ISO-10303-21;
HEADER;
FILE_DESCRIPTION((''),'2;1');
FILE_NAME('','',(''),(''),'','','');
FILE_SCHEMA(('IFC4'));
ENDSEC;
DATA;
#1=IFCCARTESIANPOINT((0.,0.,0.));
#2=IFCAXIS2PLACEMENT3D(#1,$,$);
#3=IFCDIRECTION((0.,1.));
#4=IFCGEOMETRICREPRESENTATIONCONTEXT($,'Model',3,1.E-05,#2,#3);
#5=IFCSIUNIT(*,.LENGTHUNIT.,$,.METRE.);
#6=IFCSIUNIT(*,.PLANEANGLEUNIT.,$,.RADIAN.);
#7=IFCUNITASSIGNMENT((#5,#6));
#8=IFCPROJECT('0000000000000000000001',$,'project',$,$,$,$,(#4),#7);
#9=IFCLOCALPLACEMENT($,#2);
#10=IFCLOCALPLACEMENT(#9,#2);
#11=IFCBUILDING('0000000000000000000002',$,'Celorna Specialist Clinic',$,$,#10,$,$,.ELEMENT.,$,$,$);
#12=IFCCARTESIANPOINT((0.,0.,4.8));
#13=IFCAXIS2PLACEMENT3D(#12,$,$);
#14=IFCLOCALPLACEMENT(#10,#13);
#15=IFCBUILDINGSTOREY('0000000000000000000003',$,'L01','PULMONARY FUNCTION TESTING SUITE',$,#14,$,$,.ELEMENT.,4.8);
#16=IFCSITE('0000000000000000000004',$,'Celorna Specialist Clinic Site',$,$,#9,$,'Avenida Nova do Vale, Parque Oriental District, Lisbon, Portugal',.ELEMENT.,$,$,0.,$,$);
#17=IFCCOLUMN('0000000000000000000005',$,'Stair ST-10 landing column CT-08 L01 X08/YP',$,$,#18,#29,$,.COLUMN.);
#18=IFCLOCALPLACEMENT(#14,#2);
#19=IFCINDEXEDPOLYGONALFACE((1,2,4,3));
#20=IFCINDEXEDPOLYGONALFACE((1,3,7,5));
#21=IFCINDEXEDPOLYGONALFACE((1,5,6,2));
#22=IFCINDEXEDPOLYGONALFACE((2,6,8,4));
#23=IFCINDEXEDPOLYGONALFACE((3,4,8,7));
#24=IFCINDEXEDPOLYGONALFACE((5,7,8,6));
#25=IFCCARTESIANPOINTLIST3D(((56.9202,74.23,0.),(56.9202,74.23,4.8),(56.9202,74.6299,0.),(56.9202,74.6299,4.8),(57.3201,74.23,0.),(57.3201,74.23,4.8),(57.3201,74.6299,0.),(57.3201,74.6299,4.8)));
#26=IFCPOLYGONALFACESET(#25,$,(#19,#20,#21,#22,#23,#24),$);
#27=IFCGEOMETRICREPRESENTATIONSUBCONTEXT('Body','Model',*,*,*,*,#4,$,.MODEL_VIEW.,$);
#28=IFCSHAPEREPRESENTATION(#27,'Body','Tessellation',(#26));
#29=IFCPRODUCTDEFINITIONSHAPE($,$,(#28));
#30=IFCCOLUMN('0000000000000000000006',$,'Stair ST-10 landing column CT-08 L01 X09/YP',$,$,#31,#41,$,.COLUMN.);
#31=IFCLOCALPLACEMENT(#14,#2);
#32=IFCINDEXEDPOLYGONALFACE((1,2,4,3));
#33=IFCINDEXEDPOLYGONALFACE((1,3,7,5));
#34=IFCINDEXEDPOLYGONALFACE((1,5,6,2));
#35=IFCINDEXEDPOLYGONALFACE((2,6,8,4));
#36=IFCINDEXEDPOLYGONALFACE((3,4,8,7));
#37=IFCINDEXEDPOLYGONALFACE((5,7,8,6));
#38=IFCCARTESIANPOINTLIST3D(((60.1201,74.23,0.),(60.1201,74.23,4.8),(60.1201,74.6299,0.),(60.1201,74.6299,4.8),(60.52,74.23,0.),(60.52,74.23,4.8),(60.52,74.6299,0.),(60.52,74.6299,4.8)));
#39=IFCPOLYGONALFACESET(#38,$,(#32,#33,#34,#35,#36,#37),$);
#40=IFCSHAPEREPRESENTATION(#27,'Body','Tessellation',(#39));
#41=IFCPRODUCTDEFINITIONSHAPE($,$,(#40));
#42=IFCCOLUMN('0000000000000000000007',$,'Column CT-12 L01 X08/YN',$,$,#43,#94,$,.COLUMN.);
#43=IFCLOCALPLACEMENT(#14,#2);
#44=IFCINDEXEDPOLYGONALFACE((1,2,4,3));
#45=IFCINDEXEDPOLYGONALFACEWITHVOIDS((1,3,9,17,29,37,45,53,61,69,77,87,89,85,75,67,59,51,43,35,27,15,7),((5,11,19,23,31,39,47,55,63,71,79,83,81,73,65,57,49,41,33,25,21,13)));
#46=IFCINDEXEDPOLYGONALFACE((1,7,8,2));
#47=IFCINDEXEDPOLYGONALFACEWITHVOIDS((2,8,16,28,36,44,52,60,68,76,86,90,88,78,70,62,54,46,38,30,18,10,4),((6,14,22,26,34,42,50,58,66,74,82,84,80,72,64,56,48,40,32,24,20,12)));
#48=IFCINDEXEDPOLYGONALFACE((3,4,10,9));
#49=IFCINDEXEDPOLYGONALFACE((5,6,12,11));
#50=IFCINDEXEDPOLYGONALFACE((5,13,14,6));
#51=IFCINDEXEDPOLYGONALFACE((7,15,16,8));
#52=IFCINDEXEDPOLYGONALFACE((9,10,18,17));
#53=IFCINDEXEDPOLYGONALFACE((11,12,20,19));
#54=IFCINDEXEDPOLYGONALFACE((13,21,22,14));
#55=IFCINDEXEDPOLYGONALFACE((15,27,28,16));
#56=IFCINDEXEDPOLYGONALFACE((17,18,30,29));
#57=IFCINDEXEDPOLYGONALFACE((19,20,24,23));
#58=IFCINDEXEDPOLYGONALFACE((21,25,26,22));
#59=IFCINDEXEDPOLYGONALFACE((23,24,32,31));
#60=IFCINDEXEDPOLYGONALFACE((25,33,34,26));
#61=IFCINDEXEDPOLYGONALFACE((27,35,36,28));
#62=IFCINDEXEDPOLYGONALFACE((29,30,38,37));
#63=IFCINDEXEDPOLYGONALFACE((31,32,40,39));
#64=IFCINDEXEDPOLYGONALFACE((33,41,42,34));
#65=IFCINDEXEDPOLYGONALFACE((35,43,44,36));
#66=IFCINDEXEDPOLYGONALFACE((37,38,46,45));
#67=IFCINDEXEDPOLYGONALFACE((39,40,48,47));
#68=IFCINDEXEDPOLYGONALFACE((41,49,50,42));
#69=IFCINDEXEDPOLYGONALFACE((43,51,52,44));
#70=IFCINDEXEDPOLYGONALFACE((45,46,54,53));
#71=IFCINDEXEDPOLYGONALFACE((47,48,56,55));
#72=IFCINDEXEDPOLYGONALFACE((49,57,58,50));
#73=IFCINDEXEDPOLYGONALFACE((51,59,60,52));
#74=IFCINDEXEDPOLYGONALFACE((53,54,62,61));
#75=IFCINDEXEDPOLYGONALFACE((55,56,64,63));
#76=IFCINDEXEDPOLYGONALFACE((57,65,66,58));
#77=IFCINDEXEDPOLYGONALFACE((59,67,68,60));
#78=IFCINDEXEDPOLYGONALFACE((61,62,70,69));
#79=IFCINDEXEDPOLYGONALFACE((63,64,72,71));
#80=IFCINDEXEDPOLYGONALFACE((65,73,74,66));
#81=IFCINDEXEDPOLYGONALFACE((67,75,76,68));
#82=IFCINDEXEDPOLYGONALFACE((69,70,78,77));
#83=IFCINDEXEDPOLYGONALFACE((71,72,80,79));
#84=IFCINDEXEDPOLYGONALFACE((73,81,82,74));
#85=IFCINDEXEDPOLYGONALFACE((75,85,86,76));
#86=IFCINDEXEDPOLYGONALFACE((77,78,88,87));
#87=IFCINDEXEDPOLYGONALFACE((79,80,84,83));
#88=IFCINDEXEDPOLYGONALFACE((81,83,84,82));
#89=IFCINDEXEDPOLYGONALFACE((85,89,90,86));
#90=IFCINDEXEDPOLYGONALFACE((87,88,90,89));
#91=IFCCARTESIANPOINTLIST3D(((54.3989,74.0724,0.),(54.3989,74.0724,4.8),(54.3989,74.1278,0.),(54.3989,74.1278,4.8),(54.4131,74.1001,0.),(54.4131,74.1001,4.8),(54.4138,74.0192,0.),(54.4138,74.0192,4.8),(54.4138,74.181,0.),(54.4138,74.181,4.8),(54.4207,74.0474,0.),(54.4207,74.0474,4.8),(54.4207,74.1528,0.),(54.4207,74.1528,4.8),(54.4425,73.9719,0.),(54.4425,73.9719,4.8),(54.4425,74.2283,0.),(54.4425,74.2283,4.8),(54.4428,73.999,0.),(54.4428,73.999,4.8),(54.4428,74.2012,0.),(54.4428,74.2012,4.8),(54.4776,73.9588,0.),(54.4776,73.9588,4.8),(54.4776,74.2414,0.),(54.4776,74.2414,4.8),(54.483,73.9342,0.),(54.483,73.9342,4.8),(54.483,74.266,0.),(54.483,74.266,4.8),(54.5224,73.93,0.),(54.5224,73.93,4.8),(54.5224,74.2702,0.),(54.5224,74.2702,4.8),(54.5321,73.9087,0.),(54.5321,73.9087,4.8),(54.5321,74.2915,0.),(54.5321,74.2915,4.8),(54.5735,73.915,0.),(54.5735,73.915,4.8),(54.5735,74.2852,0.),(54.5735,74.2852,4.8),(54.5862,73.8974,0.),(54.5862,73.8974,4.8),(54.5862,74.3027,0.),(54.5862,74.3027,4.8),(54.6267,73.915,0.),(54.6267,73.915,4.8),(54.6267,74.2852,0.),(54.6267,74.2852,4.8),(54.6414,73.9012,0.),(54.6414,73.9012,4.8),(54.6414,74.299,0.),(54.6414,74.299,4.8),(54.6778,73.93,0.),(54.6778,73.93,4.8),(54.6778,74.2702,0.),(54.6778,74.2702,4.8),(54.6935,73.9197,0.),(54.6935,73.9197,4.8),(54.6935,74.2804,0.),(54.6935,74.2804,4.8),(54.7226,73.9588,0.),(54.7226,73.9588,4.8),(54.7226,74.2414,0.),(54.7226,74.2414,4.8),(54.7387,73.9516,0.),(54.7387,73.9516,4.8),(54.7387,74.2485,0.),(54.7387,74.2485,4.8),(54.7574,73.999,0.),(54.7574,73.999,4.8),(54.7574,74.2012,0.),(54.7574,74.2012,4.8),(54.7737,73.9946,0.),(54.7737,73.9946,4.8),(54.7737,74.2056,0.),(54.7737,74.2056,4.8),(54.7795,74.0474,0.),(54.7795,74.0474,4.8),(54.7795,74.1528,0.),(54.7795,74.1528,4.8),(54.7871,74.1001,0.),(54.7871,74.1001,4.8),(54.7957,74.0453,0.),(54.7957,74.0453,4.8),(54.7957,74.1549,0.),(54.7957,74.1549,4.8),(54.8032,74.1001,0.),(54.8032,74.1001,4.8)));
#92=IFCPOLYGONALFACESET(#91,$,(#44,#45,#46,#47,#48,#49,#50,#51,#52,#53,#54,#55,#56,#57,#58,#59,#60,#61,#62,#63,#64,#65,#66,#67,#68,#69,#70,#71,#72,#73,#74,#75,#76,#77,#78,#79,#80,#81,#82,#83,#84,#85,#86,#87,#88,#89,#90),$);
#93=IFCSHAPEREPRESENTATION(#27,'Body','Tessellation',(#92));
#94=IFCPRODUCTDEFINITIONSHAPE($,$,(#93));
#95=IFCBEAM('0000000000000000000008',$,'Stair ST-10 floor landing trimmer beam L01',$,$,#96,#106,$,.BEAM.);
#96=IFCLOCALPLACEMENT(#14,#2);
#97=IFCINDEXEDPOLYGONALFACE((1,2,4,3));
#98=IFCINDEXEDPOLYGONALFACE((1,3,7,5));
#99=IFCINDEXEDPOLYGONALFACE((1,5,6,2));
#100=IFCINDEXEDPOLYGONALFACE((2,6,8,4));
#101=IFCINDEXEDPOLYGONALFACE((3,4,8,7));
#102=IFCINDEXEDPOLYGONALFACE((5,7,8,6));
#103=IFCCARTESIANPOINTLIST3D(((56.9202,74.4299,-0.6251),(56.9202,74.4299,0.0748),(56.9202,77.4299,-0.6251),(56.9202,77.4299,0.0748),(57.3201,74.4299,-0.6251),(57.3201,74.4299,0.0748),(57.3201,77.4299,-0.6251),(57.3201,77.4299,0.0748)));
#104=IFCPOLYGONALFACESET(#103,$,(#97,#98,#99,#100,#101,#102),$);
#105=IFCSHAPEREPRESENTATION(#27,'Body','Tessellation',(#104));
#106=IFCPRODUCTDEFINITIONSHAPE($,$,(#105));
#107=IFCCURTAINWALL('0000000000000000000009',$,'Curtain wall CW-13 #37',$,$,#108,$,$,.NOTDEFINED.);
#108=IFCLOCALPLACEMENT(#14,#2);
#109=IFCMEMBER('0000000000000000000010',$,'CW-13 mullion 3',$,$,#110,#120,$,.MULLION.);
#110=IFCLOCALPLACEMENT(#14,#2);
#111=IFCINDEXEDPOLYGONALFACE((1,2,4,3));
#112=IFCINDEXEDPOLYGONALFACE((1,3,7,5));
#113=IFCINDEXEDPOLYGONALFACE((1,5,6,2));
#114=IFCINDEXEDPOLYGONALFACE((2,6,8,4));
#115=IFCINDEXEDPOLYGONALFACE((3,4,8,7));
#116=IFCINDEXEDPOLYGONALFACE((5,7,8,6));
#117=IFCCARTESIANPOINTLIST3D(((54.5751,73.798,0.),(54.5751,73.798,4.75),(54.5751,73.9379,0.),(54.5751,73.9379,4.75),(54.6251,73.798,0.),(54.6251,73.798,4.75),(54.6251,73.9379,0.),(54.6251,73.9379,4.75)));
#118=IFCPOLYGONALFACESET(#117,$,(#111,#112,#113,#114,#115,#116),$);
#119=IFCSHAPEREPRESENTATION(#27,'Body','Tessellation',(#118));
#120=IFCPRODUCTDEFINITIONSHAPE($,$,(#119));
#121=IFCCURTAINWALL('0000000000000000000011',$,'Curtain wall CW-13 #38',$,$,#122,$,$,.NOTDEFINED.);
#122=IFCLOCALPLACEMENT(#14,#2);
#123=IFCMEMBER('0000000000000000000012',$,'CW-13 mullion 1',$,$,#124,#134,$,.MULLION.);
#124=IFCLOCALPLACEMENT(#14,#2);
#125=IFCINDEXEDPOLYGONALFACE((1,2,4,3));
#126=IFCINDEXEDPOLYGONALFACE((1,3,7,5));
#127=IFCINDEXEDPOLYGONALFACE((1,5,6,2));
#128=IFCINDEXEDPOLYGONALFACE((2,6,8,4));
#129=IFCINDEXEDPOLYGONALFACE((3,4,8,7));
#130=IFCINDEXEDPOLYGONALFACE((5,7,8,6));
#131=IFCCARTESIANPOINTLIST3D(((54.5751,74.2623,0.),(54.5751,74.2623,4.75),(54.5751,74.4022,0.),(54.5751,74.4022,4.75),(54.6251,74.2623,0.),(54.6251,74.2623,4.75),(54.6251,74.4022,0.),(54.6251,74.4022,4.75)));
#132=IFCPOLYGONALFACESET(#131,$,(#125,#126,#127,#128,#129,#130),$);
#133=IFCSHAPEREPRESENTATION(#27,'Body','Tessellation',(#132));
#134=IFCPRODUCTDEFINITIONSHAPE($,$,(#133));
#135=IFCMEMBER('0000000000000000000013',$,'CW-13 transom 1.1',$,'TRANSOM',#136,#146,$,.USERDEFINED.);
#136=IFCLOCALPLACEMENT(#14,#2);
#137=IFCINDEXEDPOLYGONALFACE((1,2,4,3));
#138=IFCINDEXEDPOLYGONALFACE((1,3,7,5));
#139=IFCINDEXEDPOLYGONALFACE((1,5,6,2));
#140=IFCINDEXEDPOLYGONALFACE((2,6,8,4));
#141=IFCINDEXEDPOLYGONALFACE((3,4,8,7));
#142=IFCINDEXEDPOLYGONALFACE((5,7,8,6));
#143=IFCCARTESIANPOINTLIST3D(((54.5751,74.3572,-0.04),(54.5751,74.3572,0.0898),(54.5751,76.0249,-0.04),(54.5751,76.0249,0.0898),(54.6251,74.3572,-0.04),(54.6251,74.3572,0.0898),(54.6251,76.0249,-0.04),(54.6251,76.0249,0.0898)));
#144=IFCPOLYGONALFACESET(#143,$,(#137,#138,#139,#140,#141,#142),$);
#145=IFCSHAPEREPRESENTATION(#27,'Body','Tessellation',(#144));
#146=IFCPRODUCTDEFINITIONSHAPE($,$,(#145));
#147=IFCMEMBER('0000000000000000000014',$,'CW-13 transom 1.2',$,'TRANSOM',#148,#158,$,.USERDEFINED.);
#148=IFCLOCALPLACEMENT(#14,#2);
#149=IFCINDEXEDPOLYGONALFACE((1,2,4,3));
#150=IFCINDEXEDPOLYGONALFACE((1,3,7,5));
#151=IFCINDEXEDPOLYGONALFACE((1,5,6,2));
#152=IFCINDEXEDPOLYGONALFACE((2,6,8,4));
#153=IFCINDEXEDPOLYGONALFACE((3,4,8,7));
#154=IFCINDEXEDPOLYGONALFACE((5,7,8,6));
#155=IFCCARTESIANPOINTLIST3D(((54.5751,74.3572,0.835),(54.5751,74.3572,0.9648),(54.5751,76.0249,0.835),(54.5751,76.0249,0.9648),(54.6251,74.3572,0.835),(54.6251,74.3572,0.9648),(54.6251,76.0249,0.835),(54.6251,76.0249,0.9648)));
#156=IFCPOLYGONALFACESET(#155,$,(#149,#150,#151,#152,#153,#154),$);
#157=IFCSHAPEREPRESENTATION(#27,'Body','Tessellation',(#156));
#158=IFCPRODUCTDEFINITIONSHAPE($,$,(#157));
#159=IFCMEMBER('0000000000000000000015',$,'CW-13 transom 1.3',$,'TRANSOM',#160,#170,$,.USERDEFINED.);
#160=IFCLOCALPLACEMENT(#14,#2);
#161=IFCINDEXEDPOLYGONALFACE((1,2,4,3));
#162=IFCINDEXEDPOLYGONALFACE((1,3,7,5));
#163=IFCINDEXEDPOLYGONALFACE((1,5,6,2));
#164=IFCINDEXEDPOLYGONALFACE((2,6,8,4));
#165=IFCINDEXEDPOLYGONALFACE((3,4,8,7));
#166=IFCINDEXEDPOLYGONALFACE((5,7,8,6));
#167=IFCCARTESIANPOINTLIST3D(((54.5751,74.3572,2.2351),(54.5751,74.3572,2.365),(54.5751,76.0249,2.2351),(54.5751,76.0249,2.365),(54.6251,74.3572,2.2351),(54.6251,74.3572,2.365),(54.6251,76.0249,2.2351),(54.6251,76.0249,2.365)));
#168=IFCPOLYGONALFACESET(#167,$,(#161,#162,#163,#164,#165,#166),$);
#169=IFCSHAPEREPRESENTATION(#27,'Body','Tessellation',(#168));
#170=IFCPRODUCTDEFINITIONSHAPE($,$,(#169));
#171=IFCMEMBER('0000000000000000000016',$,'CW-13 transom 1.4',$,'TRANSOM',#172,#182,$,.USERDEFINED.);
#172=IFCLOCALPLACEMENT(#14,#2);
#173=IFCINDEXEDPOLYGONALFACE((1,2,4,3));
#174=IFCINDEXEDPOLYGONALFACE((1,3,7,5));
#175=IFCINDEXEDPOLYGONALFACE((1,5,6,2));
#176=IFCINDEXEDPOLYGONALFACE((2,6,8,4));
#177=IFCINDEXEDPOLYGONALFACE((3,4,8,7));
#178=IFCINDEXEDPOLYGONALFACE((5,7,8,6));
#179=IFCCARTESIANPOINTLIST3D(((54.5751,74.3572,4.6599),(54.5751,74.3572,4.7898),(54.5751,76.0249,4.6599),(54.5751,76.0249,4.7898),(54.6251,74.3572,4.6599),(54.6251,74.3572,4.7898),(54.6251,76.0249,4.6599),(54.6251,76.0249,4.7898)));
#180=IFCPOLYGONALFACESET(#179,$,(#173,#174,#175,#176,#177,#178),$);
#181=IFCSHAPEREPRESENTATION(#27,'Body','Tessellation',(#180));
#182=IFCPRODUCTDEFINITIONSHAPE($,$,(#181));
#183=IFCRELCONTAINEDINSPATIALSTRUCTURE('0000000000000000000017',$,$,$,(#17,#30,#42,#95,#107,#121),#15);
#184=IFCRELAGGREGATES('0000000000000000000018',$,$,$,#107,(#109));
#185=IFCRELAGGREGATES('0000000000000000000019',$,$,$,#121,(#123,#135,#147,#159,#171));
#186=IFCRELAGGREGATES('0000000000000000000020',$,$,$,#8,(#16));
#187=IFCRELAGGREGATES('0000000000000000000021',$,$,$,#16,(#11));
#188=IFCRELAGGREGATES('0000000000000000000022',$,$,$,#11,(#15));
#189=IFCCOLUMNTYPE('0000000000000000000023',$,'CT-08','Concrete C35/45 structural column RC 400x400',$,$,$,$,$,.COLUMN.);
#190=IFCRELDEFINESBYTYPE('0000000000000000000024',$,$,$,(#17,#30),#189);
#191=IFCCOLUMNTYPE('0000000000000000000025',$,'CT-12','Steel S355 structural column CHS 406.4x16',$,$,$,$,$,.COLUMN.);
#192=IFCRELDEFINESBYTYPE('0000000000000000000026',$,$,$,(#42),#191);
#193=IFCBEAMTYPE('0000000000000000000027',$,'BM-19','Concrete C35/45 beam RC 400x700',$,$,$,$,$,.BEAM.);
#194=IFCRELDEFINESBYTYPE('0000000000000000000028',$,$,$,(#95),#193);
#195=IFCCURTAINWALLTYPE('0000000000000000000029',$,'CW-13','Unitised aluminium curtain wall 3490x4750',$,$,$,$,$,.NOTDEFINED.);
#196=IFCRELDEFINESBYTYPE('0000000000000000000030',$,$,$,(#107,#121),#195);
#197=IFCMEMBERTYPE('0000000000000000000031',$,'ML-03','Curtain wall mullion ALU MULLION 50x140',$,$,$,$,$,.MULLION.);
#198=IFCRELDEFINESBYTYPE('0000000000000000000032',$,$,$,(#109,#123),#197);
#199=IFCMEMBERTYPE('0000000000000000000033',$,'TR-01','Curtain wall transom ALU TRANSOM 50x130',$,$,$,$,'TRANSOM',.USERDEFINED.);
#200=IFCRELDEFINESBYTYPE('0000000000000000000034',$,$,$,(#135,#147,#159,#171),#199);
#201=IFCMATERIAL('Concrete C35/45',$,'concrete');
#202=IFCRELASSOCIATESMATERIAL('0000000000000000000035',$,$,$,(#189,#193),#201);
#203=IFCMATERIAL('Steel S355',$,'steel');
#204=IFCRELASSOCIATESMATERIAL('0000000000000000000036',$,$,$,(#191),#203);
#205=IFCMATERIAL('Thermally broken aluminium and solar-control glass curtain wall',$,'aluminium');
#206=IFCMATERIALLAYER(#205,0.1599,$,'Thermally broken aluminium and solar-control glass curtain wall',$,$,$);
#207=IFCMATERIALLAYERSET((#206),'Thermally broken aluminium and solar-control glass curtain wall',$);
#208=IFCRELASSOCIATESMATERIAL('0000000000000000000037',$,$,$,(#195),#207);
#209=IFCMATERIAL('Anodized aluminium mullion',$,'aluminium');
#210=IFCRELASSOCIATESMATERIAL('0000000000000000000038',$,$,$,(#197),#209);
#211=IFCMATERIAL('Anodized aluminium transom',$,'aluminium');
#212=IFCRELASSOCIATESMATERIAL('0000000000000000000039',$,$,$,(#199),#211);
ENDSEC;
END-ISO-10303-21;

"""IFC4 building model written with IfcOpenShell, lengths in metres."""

from ifc_helpers import new_model, si_unit, direction, frame, origin, origin_2d, place, context, subcontext, project, spatial, rectangle, hollow_circle, extrude, material, layer, layer_set, material_profile, profile_set, type_object, element, aggregate, save


model = new_model("IFC4")

# Units and contexts
model_context = context("Model", 3, precision=1e-05, world=origin(), true_north=direction((0.0, 1.0)))
body_context = subcontext(model_context, "Body", "Model", "MODEL_VIEW")
ifc_project = project(units=[si_unit("LENGTHUNIT", "METRE"), si_unit("PLANEANGLEUNIT", "RADIAN")], contexts=[model_context])

# Site, building, storey
site_placement = place(None, origin())
site = spatial("IfcSite", under=ifc_project, at=site_placement, Name="Celorna Specialist Clinic Site", LongName="Avenida Nova do Vale, Parque Oriental District, Lisbon, Portugal", CompositionType="ELEMENT", RefElevation=0.0)
building_placement = place(site_placement, origin())
building = spatial("IfcBuilding", under=site, at=building_placement, Name="Celorna Specialist Clinic", CompositionType="ELEMENT")
storey_placement = place(building_placement, frame((0.0, 0.0, 4.8)))
storey = spatial("IfcBuildingStorey", under=building, at=storey_placement, Name="L01", Description="PULMONARY FUNCTION TESTING SUITE", CompositionType="ELEMENT", Elevation=4.8)

# Columns
ifc_material_1 = material(Name="Concrete C35/45", Category="concrete")
ifc_material_profile_1 = material_profile(ifc_material_1, rectangle(XDim=0.3999, YDim=0.3999, at=origin_2d()), Name="RC 400x400")
ifc_profile_set_1 = profile_set([ifc_material_profile_1], Name="Concrete C35/45")
column_type_1 = type_object("IfcColumnType", Name="CT-08", Description="Concrete C35/45 structural column RC 400x400", PredefinedType="COLUMN", material=ifc_profile_set_1)
for number, where, z_axis, x_axis, name in (
    (1, (57.1201, 74.4299, 0.0), (0.0, 0.0, 1.0), (1.0, 0.0, 0.0), "Stair ST-10 landing column CT-08 L01 X08/YP"),
    (2, (60.3201, 74.4299, 0.0), (0.0, 0.0, 1.0), (1.0, 0.0, 0.0), "Stair ST-10 landing column CT-08 L01 X09/YP"),
):
    element("IfcColumn", number, at=place(storey_placement, frame(where, z_axis=z_axis, x_axis=x_axis)), inside=storey, type_object=column_type_1, Name=name, PredefinedType="COLUMN", context=body_context, shape_type="SweptSolid", body=[
        extrude(rectangle(XDim=0.3999, YDim=0.3999, at=origin_2d()), origin(), (0.0, 0.0, 1.0), 4.8),
    ])
ifc_material_2 = material(Name="Steel S355", Category="steel")
ifc_material_profile_2 = material_profile(ifc_material_2, hollow_circle(Radius=0.2031, WallThickness=0.0161, at=origin_2d()), Name="CHS 406.4x16")
ifc_profile_set_2 = profile_set([ifc_material_profile_2], Name="Steel S355")
column_type_2 = type_object("IfcColumnType", Name="CT-12", Description="Steel S355 structural column CHS 406.4x16", PredefinedType="COLUMN", material=ifc_profile_set_2)
column_placement = place(storey_placement, frame((54.6001, 74.1001, 0.0), z_axis=(0.0, 0.0, 1.0), x_axis=(1.0, 0.0, 0.0)))
element("IfcColumn", 3, at=column_placement, inside=storey, type_object=column_type_2, Name="Column CT-12 L01 X08/YN", PredefinedType="COLUMN", context=body_context, shape_type="SweptSolid", body=[
    extrude(hollow_circle(Radius=0.2031, WallThickness=0.0161, at=origin_2d()), origin(), (0.0, 0.0, 1.0), 4.8),
])

# Beam
ifc_material_profile_3 = material_profile(ifc_material_1, rectangle(XDim=0.3999, YDim=0.7, at=origin_2d()), Name="RC 400x700")
ifc_profile_set_3 = profile_set([ifc_material_profile_3], Name="Concrete C35/45")
beam_type = type_object("IfcBeamType", Name="BM-19", Description="Concrete C35/45 beam RC 400x700", PredefinedType="BEAM", material=ifc_profile_set_3)
beam_placement = place(storey_placement, frame((57.1201, 74.4299, -0.2751), z_axis=(0.0, 1.0, 0.0), x_axis=(-1.0, 0.0, 0.0)))
element("IfcBeam", 4, at=beam_placement, inside=storey, type_object=beam_type, Name="Stair ST-10 floor landing trimmer beam L01", PredefinedType="BEAM", context=body_context, shape_type="SweptSolid", body=[
    extrude(rectangle(XDim=0.3999, YDim=0.7, at=origin_2d()), origin(), (0.0, 0.0, 1.0), 3.0),
])

# Curtain wall, member
ifc_material_3 = material(Name="Thermally broken aluminium and solar-control glass curtain wall", Category="aluminium")
ifc_layer_1 = layer(ifc_material_3, 0.1599, Name="Thermally broken aluminium and solar-control glass curtain wall")
ifc_layer_set_1 = layer_set([ifc_layer_1], Name="Thermally broken aluminium and solar-control glass curtain wall")
curtain_wall_type = type_object("IfcCurtainWallType", Name="CW-13", Description="Unitised aluminium curtain wall 3490x4750", PredefinedType="NOTDEFINED", material=ifc_layer_set_1)
curtain_wall_1_placement = place(storey_placement, origin())
curtain_wall_1 = element("IfcCurtainWall", 5, at=curtain_wall_1_placement, inside=storey, type_object=curtain_wall_type, Name="Curtain wall CW-13 #37", PredefinedType="NOTDEFINED")
ifc_material_4 = material(Name="Anodized aluminium mullion", Category="aluminium")
ifc_material_profile_4 = material_profile(ifc_material_4, rectangle(XDim=0.05, YDim=0.1399, at=origin_2d()), Name="ALU MULLION 50x140")
ifc_profile_set_4 = profile_set([ifc_material_profile_4], Name="Anodized aluminium mullion")
member_type_1 = type_object("IfcMemberType", Name="ML-03", Description="Curtain wall mullion ALU MULLION 50x140", PredefinedType="MULLION", material=ifc_profile_set_4)
member_1_placement = place(storey_placement, frame((54.6001, 73.8679, 0.0), z_axis=(0.0, 0.0, 1.0), x_axis=(-1.0, 0.0, 0.0)))
member_1 = element("IfcMember", 6, at=member_1_placement, type_object=member_type_1, Name="CW-13 mullion 3", PredefinedType="MULLION", context=body_context, shape_type="SweptSolid", body=[
    extrude(rectangle(XDim=0.05, YDim=0.1399, at=origin_2d()), origin(), (0.0, 0.0, 1.0), 4.75),
])

# Curtain wall, members
curtain_wall_2_placement = place(storey_placement, origin())
curtain_wall_2 = element("IfcCurtainWall", 7, at=curtain_wall_2_placement, inside=storey, type_object=curtain_wall_type, Name="Curtain wall CW-13 #38", PredefinedType="NOTDEFINED")
member_2_placement = place(storey_placement, frame((54.6001, 74.3323, 0.0), z_axis=(0.0, 0.0, 1.0), x_axis=(-1.0, 0.0, 0.0)))
member_2 = element("IfcMember", 8, at=member_2_placement, type_object=member_type_1, Name="CW-13 mullion 1", PredefinedType="MULLION", context=body_context, shape_type="SweptSolid", body=[
    extrude(rectangle(XDim=0.05, YDim=0.1399, at=origin_2d()), origin(), (0.0, 0.0, 1.0), 4.75),
])
ifc_material_5 = material(Name="Anodized aluminium transom", Category="aluminium")
ifc_material_profile_5 = material_profile(ifc_material_5, rectangle(XDim=0.05, YDim=0.1299, at=origin_2d()), Name="ALU TRANSOM 50x130")
ifc_profile_set_5 = profile_set([ifc_material_profile_5], Name="Anodized aluminium transom")
member_type_2 = type_object("IfcMemberType", Name="TR-01", Description="Curtain wall transom ALU TRANSOM 50x130", ElementType="TRANSOM", PredefinedType="USERDEFINED", material=ifc_profile_set_5)
member_3_placement = place(storey_placement, frame((54.6001, 74.3572, 0.0249), z_axis=(0.0, 1.0, 0.0), x_axis=(-1.0, 0.0, 0.0)))
member_3 = element("IfcMember", 9, at=member_3_placement, type_object=member_type_2, Name="CW-13 transom 1.1", ObjectType="TRANSOM", PredefinedType="USERDEFINED", context=body_context, shape_type="SweptSolid", body=[
    extrude(rectangle(XDim=0.05, YDim=0.1299, at=origin_2d()), origin(), (0.0, 0.0, 1.0), 1.6677),
])
member_4_placement = place(storey_placement, frame((54.6001, 74.3572, 0.8999), z_axis=(0.0, 1.0, 0.0), x_axis=(-1.0, 0.0, 0.0)))
member_4 = element("IfcMember", 10, at=member_4_placement, type_object=member_type_2, Name="CW-13 transom 1.2", ObjectType="TRANSOM", PredefinedType="USERDEFINED", context=body_context, shape_type="SweptSolid", body=[
    extrude(rectangle(XDim=0.05, YDim=0.1299, at=origin_2d()), origin(), (0.0, 0.0, 1.0), 1.6677),
])
member_5_placement = place(storey_placement, frame((54.6001, 74.3572, 2.3), z_axis=(0.0, 1.0, 0.0), x_axis=(-1.0, 0.0, 0.0)))
member_5 = element("IfcMember", 11, at=member_5_placement, type_object=member_type_2, Name="CW-13 transom 1.3", ObjectType="TRANSOM", PredefinedType="USERDEFINED", context=body_context, shape_type="SweptSolid", body=[
    extrude(rectangle(XDim=0.05, YDim=0.1299, at=origin_2d()), origin(), (0.0, 0.0, 1.0), 1.6677),
])
member_6_placement = place(storey_placement, frame((54.6001, 74.3572, 4.7249), z_axis=(0.0, 1.0, 0.0), x_axis=(-1.0, 0.0, 0.0)))
member_6 = element("IfcMember", 12, at=member_6_placement, type_object=member_type_2, Name="CW-13 transom 1.4", ObjectType="TRANSOM", PredefinedType="USERDEFINED", context=body_context, shape_type="SweptSolid", body=[
    extrude(rectangle(XDim=0.05, YDim=0.1299, at=origin_2d()), origin(), (0.0, 0.0, 1.0), 1.6677),
])

aggregate(curtain_wall_1, [member_1])
aggregate(curtain_wall_2, [member_2, member_3, member_4, member_5, member_6])

save(model, "model.ifc")
